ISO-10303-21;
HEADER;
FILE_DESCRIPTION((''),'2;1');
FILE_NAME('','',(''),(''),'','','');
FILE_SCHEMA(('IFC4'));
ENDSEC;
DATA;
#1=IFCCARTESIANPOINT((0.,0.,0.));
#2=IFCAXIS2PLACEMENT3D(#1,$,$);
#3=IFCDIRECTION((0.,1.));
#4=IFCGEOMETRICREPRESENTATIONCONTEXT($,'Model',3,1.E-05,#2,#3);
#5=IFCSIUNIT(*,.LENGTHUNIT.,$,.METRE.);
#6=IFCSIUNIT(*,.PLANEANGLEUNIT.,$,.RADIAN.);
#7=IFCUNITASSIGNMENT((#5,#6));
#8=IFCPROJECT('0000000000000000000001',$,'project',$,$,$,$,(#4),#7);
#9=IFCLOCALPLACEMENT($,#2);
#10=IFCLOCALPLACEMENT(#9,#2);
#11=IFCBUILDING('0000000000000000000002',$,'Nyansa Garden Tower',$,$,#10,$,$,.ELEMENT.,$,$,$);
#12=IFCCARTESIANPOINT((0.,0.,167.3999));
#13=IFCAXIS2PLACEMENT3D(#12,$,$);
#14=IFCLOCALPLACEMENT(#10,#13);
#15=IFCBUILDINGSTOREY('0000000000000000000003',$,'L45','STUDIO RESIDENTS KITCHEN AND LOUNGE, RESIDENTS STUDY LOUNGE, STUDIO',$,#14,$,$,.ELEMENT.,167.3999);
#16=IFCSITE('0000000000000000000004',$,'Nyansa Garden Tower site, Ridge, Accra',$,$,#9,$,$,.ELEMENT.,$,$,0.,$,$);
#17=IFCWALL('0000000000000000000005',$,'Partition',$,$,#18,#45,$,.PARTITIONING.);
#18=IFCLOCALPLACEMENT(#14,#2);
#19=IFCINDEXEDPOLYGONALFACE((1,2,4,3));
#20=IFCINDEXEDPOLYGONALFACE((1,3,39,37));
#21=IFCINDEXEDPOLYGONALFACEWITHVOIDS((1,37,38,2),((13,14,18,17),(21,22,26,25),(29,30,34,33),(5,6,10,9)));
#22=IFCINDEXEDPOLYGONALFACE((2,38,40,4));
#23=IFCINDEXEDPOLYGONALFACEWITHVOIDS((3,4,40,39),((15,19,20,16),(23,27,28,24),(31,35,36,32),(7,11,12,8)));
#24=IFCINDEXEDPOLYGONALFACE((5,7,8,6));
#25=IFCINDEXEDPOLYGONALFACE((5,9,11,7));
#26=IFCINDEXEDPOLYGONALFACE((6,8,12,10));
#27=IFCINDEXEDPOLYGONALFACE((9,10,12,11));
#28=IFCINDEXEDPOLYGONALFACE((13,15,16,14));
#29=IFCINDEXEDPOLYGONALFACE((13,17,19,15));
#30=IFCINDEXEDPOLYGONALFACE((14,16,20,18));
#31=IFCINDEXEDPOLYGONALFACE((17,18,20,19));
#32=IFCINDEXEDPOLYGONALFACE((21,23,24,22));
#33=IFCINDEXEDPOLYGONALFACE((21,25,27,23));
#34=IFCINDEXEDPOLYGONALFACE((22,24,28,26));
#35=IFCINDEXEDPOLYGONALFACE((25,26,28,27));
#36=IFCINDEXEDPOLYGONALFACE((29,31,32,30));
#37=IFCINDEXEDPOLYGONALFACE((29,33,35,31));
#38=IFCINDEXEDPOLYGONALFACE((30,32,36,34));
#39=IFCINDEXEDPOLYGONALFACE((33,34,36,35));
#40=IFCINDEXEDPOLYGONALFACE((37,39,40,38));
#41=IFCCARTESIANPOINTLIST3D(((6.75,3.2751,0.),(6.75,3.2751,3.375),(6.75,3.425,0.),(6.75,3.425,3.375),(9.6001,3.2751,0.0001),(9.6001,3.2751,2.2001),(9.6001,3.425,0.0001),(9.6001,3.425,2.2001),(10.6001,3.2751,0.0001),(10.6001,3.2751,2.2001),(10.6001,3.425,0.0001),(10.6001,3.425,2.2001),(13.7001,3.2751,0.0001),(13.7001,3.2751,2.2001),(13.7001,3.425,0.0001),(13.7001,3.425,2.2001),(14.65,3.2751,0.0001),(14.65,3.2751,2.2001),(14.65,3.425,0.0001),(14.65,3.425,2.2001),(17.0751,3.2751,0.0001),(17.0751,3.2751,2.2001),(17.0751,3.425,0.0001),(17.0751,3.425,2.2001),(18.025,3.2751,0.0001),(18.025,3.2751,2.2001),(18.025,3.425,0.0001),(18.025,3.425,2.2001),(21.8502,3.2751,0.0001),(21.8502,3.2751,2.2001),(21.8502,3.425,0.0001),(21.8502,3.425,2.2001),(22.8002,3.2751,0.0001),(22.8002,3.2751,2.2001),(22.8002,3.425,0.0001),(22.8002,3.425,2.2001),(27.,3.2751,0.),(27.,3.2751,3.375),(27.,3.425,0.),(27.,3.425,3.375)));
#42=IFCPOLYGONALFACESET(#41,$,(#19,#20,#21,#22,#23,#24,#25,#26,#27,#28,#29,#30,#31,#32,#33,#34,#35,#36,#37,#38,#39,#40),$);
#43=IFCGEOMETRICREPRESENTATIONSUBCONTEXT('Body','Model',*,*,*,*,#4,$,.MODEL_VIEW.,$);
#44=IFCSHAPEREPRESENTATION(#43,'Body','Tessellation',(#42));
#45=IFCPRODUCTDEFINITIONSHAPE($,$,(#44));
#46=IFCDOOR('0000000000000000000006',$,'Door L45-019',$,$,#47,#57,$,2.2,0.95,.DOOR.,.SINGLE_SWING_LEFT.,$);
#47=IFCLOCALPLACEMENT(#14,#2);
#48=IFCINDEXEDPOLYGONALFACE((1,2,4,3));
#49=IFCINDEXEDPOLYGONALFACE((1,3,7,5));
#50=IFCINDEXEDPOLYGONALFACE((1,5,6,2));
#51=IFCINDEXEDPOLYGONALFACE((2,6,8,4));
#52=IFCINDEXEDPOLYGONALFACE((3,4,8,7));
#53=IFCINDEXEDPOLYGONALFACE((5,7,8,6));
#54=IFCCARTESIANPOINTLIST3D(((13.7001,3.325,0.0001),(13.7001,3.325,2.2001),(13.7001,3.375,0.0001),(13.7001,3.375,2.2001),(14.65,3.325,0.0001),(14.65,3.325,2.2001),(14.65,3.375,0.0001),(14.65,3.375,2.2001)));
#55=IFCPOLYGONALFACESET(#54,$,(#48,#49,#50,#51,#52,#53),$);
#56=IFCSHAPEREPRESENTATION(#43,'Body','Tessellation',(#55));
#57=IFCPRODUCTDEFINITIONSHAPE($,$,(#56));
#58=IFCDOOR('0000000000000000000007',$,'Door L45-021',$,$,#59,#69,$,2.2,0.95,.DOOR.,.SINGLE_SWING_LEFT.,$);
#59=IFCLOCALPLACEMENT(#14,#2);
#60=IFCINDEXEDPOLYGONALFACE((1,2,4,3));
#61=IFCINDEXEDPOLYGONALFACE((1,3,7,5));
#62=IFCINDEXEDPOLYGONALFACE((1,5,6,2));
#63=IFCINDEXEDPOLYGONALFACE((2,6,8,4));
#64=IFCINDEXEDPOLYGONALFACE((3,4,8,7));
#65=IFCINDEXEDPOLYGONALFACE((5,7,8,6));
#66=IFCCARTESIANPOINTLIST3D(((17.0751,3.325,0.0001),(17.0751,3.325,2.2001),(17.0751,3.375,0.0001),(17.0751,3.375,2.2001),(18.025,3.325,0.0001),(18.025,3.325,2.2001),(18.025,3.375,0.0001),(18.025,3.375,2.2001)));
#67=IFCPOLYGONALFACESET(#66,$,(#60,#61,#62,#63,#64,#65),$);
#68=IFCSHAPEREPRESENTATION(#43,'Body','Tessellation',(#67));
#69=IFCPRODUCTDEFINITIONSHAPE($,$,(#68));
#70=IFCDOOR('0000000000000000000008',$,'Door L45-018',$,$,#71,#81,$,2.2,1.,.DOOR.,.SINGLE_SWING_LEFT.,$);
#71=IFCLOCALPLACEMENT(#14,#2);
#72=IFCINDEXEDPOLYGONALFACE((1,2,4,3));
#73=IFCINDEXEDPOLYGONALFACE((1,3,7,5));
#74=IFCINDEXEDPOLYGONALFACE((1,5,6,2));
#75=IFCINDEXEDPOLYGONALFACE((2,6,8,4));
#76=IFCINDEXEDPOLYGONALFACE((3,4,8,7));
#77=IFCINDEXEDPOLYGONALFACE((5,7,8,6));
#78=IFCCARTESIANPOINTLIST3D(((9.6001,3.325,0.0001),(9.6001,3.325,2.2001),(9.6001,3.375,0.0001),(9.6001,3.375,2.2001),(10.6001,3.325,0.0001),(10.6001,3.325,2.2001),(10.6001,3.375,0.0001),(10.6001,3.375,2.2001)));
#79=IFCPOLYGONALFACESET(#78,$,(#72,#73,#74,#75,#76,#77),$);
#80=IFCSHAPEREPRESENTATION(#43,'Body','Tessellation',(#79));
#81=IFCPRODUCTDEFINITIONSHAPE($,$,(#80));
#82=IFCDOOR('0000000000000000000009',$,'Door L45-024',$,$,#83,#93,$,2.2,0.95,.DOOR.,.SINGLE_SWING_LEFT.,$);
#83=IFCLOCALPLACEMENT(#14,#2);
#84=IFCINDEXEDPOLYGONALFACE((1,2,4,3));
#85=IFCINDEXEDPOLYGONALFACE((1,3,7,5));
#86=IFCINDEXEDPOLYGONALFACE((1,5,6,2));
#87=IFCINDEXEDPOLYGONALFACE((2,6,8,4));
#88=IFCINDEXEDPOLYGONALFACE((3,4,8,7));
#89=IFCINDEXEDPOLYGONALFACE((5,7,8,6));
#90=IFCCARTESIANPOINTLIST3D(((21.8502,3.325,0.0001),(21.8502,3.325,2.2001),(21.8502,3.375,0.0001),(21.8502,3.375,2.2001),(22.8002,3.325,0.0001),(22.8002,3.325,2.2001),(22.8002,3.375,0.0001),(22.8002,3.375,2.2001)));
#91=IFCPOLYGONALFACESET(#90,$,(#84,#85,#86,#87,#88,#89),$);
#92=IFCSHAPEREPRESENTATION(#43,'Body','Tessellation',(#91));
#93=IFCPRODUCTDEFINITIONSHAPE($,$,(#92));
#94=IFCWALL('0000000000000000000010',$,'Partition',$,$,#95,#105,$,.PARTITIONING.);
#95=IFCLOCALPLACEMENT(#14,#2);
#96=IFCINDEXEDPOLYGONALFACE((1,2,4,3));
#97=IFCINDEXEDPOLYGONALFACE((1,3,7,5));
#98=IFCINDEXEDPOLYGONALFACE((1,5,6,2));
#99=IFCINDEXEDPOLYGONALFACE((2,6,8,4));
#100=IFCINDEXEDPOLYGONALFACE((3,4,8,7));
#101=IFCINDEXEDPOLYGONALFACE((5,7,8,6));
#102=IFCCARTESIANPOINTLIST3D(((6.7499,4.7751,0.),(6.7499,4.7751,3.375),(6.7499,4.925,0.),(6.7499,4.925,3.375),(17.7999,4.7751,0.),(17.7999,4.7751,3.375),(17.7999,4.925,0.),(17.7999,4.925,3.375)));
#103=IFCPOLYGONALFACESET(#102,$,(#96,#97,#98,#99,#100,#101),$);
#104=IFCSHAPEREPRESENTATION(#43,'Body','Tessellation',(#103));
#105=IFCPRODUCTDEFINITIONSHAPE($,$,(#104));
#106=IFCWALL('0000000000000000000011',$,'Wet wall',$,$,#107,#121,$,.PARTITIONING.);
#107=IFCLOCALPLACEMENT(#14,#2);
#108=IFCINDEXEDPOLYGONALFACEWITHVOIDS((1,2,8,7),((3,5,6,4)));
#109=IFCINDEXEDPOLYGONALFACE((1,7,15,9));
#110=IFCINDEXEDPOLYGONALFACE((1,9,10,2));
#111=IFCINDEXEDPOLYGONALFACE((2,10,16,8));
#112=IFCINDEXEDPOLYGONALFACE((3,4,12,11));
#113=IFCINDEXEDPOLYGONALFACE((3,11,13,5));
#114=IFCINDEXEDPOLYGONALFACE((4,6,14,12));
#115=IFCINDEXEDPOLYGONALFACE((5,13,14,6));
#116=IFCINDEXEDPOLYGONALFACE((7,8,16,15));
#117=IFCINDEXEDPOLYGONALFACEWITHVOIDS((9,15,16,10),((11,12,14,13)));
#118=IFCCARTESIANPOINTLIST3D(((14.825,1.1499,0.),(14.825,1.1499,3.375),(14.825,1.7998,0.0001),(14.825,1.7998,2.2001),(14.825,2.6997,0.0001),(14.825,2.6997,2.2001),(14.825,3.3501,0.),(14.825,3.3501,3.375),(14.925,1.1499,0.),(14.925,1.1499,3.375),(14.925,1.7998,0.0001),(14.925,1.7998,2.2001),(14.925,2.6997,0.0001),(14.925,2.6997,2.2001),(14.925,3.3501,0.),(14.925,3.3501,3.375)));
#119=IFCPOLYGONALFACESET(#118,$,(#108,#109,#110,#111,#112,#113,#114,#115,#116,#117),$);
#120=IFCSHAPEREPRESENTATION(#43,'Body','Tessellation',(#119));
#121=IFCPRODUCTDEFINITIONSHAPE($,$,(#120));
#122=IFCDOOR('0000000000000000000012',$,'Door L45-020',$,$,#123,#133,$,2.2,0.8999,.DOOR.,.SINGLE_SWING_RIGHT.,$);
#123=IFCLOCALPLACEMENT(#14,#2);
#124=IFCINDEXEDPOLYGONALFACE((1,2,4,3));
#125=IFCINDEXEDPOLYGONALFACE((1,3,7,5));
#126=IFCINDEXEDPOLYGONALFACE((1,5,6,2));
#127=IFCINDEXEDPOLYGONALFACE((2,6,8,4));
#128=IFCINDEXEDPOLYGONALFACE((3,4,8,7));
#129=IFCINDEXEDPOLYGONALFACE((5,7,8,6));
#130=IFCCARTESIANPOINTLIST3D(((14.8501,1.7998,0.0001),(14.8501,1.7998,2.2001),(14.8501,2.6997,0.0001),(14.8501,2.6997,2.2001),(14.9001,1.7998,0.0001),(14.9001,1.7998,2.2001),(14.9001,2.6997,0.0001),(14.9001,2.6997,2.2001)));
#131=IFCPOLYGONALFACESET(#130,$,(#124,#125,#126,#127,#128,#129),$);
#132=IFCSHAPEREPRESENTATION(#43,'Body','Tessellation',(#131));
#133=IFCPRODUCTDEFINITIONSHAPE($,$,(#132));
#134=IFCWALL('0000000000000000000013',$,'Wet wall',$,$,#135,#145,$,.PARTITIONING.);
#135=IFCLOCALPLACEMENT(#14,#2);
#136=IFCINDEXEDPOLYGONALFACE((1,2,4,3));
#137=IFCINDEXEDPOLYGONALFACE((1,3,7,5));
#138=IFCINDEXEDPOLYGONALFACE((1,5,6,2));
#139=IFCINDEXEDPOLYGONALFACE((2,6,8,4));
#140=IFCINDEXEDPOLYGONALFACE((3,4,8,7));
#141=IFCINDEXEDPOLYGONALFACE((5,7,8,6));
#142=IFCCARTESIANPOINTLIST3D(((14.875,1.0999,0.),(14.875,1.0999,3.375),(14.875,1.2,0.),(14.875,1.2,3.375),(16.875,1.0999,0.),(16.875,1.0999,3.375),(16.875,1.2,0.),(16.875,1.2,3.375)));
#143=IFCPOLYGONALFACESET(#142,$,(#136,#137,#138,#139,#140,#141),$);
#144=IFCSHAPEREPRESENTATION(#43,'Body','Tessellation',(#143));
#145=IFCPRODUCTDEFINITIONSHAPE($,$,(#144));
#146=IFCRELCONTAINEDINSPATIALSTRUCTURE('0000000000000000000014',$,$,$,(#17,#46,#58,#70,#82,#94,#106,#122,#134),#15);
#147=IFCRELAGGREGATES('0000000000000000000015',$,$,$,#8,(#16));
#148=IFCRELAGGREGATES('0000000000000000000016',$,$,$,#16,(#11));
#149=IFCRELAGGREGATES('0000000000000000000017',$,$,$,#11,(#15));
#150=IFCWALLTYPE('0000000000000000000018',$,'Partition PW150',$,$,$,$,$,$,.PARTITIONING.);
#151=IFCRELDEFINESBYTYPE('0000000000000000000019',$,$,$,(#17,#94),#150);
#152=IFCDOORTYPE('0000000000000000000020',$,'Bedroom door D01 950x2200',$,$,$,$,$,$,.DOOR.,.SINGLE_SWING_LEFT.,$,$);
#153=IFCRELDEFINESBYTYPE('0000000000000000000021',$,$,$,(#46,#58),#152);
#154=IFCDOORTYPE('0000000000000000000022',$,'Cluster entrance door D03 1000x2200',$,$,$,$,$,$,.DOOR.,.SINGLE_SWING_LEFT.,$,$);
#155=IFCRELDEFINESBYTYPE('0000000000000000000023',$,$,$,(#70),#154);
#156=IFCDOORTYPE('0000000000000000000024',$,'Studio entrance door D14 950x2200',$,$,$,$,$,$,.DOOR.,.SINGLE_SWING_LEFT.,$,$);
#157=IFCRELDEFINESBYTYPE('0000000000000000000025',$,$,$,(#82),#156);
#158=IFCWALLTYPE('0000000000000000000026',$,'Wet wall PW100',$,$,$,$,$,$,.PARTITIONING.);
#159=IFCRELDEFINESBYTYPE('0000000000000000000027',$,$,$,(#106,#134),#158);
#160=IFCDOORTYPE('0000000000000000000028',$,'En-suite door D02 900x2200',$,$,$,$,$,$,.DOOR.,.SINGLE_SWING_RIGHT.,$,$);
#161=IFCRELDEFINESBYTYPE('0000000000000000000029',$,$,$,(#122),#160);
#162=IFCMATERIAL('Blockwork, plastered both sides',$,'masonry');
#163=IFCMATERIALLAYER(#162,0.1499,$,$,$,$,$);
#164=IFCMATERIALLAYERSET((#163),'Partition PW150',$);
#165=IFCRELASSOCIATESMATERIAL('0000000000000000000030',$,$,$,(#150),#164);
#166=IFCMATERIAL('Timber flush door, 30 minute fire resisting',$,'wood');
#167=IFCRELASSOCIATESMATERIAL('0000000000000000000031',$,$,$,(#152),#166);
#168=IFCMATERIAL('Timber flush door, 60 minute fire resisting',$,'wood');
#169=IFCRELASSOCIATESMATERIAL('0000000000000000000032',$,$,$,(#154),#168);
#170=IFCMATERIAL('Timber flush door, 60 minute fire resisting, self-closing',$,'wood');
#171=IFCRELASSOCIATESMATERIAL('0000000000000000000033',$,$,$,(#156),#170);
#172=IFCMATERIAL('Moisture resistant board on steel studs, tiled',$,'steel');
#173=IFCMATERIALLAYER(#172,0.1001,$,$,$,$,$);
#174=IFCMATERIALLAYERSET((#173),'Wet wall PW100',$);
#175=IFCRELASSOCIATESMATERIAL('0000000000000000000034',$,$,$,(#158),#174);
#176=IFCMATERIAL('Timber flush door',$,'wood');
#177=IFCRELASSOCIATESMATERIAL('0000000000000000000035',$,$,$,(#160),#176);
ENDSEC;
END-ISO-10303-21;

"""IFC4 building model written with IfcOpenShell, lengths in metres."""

from ifc_helpers import new_model, si_unit, direction, frame, frame_2d, origin, place, context, subcontext, project, spatial, rectangle, extrude, material, layer, layer_set, type_object, element, fill, save


model = new_model("IFC4")

# Units and contexts
model_context = context("Model", 3, precision=1e-05, world=origin(), true_north=direction((0.0, 1.0)))
body_context = subcontext(model_context, "Body", "Model", "MODEL_VIEW")
ifc_project = project(units=[si_unit("LENGTHUNIT", "METRE"), si_unit("PLANEANGLEUNIT", "RADIAN")], contexts=[model_context])

# Site, building, storey
site_placement = place(None, origin())
site = spatial("IfcSite", under=ifc_project, at=site_placement, Name="Nyansa Garden Tower site, Ridge, Accra", CompositionType="ELEMENT", RefElevation=0.0)
building_placement = place(site_placement, origin())
building = spatial("IfcBuilding", under=site, at=building_placement, Name="Nyansa Garden Tower", CompositionType="ELEMENT")
storey_placement = place(building_placement, frame((0.0, 0.0, 167.3999)))
storey = spatial("IfcBuildingStorey", under=building, at=storey_placement, Name="L45", Description="STUDIO RESIDENTS KITCHEN AND LOUNGE, RESIDENTS STUDY LOUNGE, STUDIO", CompositionType="ELEMENT", Elevation=167.3999)

# Shared definitions
ifc_material_1 = material(Name="Blockwork, plastered both sides", Category="masonry")
ifc_layer_1 = layer(ifc_material_1, 0.1499)
ifc_layer_set_1 = layer_set([ifc_layer_1], Name="Partition PW150")
wall_type_1 = type_object("IfcWallType", Name="Partition PW150", PredefinedType="PARTITIONING", material=ifc_layer_set_1)

# Wall, openings, doors
wall_1_placement = place(storey_placement, frame((6.75, 3.3501, 0.0), z_axis=(0.0, 0.0, 1.0), x_axis=(1.0, 0.0, 0.0)))
wall_1 = element("IfcWall", 1, at=wall_1_placement, inside=storey, type_object=wall_type_1, Name="Partition", PredefinedType="PARTITIONING", context=body_context, shape_type="SweptSolid", body=[
    extrude(rectangle(XDim=20.25, YDim=0.1499, at=frame_2d((10.125, 0.0))), origin(), (0.0, 0.0, 1.0), 3.375),
])
opening_1_placement = place(wall_1_placement, frame((2.8501, 0.0, 0.0)))
opening_1 = element("IfcOpeningElement", 2, at=opening_1_placement, cuts=wall_1, PredefinedType="OPENING", context=body_context, shape_type="SweptSolid", body=[
    extrude(rectangle(XDim=1.0, YDim=2.2, at=frame_2d((0.5, 1.1001))), frame((0.0, 0.085, 0.0), z_axis=(0.0, -1.0, 0.0), x_axis=(1.0, 0.0, 0.0)), (0.0, 0.0, 1.0), 0.1699),
])
opening_2_placement = place(wall_1_placement, frame((6.95, 0.0, 0.0)))
opening_2 = element("IfcOpeningElement", 3, at=opening_2_placement, cuts=wall_1, PredefinedType="OPENING", context=body_context, shape_type="SweptSolid", body=[
    extrude(rectangle(XDim=0.95, YDim=2.2, at=frame_2d((0.4751, 1.1001))), frame((0.0, 0.085, 0.0), z_axis=(0.0, -1.0, 0.0), x_axis=(1.0, 0.0, 0.0)), (0.0, 0.0, 1.0), 0.1699),
])
opening_3_placement = place(wall_1_placement, frame((10.325, 0.0, 0.0)))
opening_3 = element("IfcOpeningElement", 4, at=opening_3_placement, cuts=wall_1, PredefinedType="OPENING", context=body_context, shape_type="SweptSolid", body=[
    extrude(rectangle(XDim=0.95, YDim=2.2, at=frame_2d((0.4751, 1.1001))), frame((0.0, 0.085, 0.0), z_axis=(0.0, -1.0, 0.0), x_axis=(1.0, 0.0, 0.0)), (0.0, 0.0, 1.0), 0.1699),
])
opening_4_placement = place(wall_1_placement, frame((15.1001, 0.0, 0.0)))
opening_4 = element("IfcOpeningElement", 5, at=opening_4_placement, cuts=wall_1, PredefinedType="OPENING", context=body_context, shape_type="SweptSolid", body=[
    extrude(rectangle(XDim=0.95, YDim=2.2, at=frame_2d((0.4751, 1.1001))), frame((0.0, 0.085, 0.0), z_axis=(0.0, -1.0, 0.0), x_axis=(1.0, 0.0, 0.0)), (0.0, 0.0, 1.0), 0.1699),
])
ifc_material_2 = material(Name="Timber flush door, 30 minute fire resisting", Category="wood")
door_type_1 = type_object("IfcDoorType", Name="Bedroom door D01 950x2200", OperationType="SINGLE_SWING_LEFT", PredefinedType="DOOR", material=ifc_material_2)
door_1_placement = place(opening_2_placement, origin())
door_1 = element("IfcDoor", 6, at=door_1_placement, inside=storey, type_object=door_type_1, Name="Door L45-019", OperationType="SINGLE_SWING_LEFT", OverallHeight=2.2, OverallWidth=0.95, PredefinedType="DOOR", context=body_context, shape_type="SweptSolid", body=[
    extrude(rectangle(XDim=0.95, YDim=2.2, at=frame_2d((0.4751, 1.1001))), frame((0.0, 0.0249, 0.0), z_axis=(0.0, -1.0, 0.0), x_axis=(1.0, 0.0, 0.0)), (0.0, 0.0, 1.0), 0.05),
])
fill(opening_2, door_1)
door_2_placement = place(opening_3_placement, origin())
door_2 = element("IfcDoor", 7, at=door_2_placement, inside=storey, type_object=door_type_1, Name="Door L45-021", OperationType="SINGLE_SWING_LEFT", OverallHeight=2.2, OverallWidth=0.95, PredefinedType="DOOR", context=body_context, shape_type="SweptSolid", body=[
    extrude(rectangle(XDim=0.95, YDim=2.2, at=frame_2d((0.4751, 1.1001))), frame((0.0, 0.0249, 0.0), z_axis=(0.0, -1.0, 0.0), x_axis=(1.0, 0.0, 0.0)), (0.0, 0.0, 1.0), 0.05),
])
fill(opening_3, door_2)
ifc_material_3 = material(Name="Timber flush door, 60 minute fire resisting", Category="wood")
door_type_2 = type_object("IfcDoorType", Name="Cluster entrance door D03 1000x2200", OperationType="SINGLE_SWING_LEFT", PredefinedType="DOOR", material=ifc_material_3)
door_3_placement = place(opening_1_placement, origin())
door_3 = element("IfcDoor", 8, at=door_3_placement, inside=storey, type_object=door_type_2, Name="Door L45-018", OperationType="SINGLE_SWING_LEFT", OverallHeight=2.2, OverallWidth=1.0, PredefinedType="DOOR", context=body_context, shape_type="SweptSolid", body=[
    extrude(rectangle(XDim=1.0, YDim=2.2, at=frame_2d((0.5, 1.1001))), frame((0.0, 0.0249, 0.0), z_axis=(0.0, -1.0, 0.0), x_axis=(1.0, 0.0, 0.0)), (0.0, 0.0, 1.0), 0.05),
])
fill(opening_1, door_3)
ifc_material_4 = material(Name="Timber flush door, 60 minute fire resisting, self-closing", Category="wood")
door_type_3 = type_object("IfcDoorType", Name="Studio entrance door D14 950x2200", OperationType="SINGLE_SWING_LEFT", PredefinedType="DOOR", material=ifc_material_4)
door_4_placement = place(opening_4_placement, origin())
door_4 = element("IfcDoor", 9, at=door_4_placement, inside=storey, type_object=door_type_3, Name="Door L45-024", OperationType="SINGLE_SWING_LEFT", OverallHeight=2.2, OverallWidth=0.95, PredefinedType="DOOR", context=body_context, shape_type="SweptSolid", body=[
    extrude(rectangle(XDim=0.95, YDim=2.2, at=frame_2d((0.4751, 1.1001))), frame((0.0, 0.0249, 0.0), z_axis=(0.0, -1.0, 0.0), x_axis=(1.0, 0.0, 0.0)), (0.0, 0.0, 1.0), 0.05),
])
fill(opening_4, door_4)

# Wall
wall_2_placement = place(storey_placement, frame((6.75, 4.8501, 0.0), z_axis=(0.0, 0.0, 1.0), x_axis=(1.0, 0.0, 0.0)))
element("IfcWall", 10, at=wall_2_placement, inside=storey, type_object=wall_type_1, Name="Partition", PredefinedType="PARTITIONING", context=body_context, shape_type="SweptSolid", body=[
    extrude(rectangle(XDim=11.05, YDim=0.1499, at=frame_2d((5.5249, 0.0))), origin(), (0.0, 0.0, 1.0), 3.375),
])

# Wall, opening, door
ifc_material_5 = material(Name="Moisture resistant board on steel studs, tiled", Category="steel")
ifc_layer_2 = layer(ifc_material_5, 0.1001)
ifc_layer_set_2 = layer_set([ifc_layer_2], Name="Wet wall PW100")
wall_type_2 = type_object("IfcWallType", Name="Wet wall PW100", PredefinedType="PARTITIONING", material=ifc_layer_set_2)
wall_3_placement = place(storey_placement, frame((14.875, 1.1499, 0.0), z_axis=(0.0, 0.0, 1.0), x_axis=(0.0, 1.0, 0.0)))
wall_3 = element("IfcWall", 11, at=wall_3_placement, inside=storey, type_object=wall_type_2, Name="Wet wall", PredefinedType="PARTITIONING", context=body_context, shape_type="SweptSolid", body=[
    extrude(rectangle(XDim=2.2002, YDim=0.1001, at=frame_2d((1.1001, 0.0))), origin(), (0.0, 0.0, 1.0), 3.375),
])
opening_5_placement = place(wall_3_placement, frame((0.6499, 0.0, 0.0)))
opening_5 = element("IfcOpeningElement", 12, at=opening_5_placement, cuts=wall_3, PredefinedType="OPENING", context=body_context, shape_type="SweptSolid", body=[
    extrude(rectangle(XDim=0.8999, YDim=2.2, at=frame_2d((0.45, 1.1001))), frame((0.0, 0.0601, 0.0), z_axis=(0.0, -1.0, 0.0), x_axis=(1.0, 0.0, 0.0)), (0.0, 0.0, 1.0), 0.1201),
])
ifc_material_6 = material(Name="Timber flush door", Category="wood")
door_type_4 = type_object("IfcDoorType", Name="En-suite door D02 900x2200", OperationType="SINGLE_SWING_RIGHT", PredefinedType="DOOR", material=ifc_material_6)
door_5_placement = place(opening_5_placement, origin())
door_5 = element("IfcDoor", 13, at=door_5_placement, inside=storey, type_object=door_type_4, Name="Door L45-020", OperationType="SINGLE_SWING_RIGHT", OverallHeight=2.2, OverallWidth=0.8999, PredefinedType="DOOR", context=body_context, shape_type="SweptSolid", body=[
    extrude(rectangle(XDim=0.8999, YDim=2.2, at=frame_2d((0.45, 1.1001))), frame((0.0, 0.0249, 0.0), z_axis=(0.0, -1.0, 0.0), x_axis=(1.0, 0.0, 0.0)), (0.0, 0.0, 1.0), 0.05),
])
fill(opening_5, door_5)

# Wall
wall_4_placement = place(storey_placement, frame((14.875, 1.1499, 0.0), z_axis=(0.0, 0.0, 1.0), x_axis=(1.0, 0.0, 0.0)))
element("IfcWall", 14, at=wall_4_placement, inside=storey, type_object=wall_type_2, Name="Wet wall", PredefinedType="PARTITIONING", context=body_context, shape_type="SweptSolid", body=[
    extrude(rectangle(XDim=2.0, YDim=0.1001, at=frame_2d((1.0, 0.0))), origin(), (0.0, 0.0, 1.0), 3.375),
])

save(model, "model.ifc")
